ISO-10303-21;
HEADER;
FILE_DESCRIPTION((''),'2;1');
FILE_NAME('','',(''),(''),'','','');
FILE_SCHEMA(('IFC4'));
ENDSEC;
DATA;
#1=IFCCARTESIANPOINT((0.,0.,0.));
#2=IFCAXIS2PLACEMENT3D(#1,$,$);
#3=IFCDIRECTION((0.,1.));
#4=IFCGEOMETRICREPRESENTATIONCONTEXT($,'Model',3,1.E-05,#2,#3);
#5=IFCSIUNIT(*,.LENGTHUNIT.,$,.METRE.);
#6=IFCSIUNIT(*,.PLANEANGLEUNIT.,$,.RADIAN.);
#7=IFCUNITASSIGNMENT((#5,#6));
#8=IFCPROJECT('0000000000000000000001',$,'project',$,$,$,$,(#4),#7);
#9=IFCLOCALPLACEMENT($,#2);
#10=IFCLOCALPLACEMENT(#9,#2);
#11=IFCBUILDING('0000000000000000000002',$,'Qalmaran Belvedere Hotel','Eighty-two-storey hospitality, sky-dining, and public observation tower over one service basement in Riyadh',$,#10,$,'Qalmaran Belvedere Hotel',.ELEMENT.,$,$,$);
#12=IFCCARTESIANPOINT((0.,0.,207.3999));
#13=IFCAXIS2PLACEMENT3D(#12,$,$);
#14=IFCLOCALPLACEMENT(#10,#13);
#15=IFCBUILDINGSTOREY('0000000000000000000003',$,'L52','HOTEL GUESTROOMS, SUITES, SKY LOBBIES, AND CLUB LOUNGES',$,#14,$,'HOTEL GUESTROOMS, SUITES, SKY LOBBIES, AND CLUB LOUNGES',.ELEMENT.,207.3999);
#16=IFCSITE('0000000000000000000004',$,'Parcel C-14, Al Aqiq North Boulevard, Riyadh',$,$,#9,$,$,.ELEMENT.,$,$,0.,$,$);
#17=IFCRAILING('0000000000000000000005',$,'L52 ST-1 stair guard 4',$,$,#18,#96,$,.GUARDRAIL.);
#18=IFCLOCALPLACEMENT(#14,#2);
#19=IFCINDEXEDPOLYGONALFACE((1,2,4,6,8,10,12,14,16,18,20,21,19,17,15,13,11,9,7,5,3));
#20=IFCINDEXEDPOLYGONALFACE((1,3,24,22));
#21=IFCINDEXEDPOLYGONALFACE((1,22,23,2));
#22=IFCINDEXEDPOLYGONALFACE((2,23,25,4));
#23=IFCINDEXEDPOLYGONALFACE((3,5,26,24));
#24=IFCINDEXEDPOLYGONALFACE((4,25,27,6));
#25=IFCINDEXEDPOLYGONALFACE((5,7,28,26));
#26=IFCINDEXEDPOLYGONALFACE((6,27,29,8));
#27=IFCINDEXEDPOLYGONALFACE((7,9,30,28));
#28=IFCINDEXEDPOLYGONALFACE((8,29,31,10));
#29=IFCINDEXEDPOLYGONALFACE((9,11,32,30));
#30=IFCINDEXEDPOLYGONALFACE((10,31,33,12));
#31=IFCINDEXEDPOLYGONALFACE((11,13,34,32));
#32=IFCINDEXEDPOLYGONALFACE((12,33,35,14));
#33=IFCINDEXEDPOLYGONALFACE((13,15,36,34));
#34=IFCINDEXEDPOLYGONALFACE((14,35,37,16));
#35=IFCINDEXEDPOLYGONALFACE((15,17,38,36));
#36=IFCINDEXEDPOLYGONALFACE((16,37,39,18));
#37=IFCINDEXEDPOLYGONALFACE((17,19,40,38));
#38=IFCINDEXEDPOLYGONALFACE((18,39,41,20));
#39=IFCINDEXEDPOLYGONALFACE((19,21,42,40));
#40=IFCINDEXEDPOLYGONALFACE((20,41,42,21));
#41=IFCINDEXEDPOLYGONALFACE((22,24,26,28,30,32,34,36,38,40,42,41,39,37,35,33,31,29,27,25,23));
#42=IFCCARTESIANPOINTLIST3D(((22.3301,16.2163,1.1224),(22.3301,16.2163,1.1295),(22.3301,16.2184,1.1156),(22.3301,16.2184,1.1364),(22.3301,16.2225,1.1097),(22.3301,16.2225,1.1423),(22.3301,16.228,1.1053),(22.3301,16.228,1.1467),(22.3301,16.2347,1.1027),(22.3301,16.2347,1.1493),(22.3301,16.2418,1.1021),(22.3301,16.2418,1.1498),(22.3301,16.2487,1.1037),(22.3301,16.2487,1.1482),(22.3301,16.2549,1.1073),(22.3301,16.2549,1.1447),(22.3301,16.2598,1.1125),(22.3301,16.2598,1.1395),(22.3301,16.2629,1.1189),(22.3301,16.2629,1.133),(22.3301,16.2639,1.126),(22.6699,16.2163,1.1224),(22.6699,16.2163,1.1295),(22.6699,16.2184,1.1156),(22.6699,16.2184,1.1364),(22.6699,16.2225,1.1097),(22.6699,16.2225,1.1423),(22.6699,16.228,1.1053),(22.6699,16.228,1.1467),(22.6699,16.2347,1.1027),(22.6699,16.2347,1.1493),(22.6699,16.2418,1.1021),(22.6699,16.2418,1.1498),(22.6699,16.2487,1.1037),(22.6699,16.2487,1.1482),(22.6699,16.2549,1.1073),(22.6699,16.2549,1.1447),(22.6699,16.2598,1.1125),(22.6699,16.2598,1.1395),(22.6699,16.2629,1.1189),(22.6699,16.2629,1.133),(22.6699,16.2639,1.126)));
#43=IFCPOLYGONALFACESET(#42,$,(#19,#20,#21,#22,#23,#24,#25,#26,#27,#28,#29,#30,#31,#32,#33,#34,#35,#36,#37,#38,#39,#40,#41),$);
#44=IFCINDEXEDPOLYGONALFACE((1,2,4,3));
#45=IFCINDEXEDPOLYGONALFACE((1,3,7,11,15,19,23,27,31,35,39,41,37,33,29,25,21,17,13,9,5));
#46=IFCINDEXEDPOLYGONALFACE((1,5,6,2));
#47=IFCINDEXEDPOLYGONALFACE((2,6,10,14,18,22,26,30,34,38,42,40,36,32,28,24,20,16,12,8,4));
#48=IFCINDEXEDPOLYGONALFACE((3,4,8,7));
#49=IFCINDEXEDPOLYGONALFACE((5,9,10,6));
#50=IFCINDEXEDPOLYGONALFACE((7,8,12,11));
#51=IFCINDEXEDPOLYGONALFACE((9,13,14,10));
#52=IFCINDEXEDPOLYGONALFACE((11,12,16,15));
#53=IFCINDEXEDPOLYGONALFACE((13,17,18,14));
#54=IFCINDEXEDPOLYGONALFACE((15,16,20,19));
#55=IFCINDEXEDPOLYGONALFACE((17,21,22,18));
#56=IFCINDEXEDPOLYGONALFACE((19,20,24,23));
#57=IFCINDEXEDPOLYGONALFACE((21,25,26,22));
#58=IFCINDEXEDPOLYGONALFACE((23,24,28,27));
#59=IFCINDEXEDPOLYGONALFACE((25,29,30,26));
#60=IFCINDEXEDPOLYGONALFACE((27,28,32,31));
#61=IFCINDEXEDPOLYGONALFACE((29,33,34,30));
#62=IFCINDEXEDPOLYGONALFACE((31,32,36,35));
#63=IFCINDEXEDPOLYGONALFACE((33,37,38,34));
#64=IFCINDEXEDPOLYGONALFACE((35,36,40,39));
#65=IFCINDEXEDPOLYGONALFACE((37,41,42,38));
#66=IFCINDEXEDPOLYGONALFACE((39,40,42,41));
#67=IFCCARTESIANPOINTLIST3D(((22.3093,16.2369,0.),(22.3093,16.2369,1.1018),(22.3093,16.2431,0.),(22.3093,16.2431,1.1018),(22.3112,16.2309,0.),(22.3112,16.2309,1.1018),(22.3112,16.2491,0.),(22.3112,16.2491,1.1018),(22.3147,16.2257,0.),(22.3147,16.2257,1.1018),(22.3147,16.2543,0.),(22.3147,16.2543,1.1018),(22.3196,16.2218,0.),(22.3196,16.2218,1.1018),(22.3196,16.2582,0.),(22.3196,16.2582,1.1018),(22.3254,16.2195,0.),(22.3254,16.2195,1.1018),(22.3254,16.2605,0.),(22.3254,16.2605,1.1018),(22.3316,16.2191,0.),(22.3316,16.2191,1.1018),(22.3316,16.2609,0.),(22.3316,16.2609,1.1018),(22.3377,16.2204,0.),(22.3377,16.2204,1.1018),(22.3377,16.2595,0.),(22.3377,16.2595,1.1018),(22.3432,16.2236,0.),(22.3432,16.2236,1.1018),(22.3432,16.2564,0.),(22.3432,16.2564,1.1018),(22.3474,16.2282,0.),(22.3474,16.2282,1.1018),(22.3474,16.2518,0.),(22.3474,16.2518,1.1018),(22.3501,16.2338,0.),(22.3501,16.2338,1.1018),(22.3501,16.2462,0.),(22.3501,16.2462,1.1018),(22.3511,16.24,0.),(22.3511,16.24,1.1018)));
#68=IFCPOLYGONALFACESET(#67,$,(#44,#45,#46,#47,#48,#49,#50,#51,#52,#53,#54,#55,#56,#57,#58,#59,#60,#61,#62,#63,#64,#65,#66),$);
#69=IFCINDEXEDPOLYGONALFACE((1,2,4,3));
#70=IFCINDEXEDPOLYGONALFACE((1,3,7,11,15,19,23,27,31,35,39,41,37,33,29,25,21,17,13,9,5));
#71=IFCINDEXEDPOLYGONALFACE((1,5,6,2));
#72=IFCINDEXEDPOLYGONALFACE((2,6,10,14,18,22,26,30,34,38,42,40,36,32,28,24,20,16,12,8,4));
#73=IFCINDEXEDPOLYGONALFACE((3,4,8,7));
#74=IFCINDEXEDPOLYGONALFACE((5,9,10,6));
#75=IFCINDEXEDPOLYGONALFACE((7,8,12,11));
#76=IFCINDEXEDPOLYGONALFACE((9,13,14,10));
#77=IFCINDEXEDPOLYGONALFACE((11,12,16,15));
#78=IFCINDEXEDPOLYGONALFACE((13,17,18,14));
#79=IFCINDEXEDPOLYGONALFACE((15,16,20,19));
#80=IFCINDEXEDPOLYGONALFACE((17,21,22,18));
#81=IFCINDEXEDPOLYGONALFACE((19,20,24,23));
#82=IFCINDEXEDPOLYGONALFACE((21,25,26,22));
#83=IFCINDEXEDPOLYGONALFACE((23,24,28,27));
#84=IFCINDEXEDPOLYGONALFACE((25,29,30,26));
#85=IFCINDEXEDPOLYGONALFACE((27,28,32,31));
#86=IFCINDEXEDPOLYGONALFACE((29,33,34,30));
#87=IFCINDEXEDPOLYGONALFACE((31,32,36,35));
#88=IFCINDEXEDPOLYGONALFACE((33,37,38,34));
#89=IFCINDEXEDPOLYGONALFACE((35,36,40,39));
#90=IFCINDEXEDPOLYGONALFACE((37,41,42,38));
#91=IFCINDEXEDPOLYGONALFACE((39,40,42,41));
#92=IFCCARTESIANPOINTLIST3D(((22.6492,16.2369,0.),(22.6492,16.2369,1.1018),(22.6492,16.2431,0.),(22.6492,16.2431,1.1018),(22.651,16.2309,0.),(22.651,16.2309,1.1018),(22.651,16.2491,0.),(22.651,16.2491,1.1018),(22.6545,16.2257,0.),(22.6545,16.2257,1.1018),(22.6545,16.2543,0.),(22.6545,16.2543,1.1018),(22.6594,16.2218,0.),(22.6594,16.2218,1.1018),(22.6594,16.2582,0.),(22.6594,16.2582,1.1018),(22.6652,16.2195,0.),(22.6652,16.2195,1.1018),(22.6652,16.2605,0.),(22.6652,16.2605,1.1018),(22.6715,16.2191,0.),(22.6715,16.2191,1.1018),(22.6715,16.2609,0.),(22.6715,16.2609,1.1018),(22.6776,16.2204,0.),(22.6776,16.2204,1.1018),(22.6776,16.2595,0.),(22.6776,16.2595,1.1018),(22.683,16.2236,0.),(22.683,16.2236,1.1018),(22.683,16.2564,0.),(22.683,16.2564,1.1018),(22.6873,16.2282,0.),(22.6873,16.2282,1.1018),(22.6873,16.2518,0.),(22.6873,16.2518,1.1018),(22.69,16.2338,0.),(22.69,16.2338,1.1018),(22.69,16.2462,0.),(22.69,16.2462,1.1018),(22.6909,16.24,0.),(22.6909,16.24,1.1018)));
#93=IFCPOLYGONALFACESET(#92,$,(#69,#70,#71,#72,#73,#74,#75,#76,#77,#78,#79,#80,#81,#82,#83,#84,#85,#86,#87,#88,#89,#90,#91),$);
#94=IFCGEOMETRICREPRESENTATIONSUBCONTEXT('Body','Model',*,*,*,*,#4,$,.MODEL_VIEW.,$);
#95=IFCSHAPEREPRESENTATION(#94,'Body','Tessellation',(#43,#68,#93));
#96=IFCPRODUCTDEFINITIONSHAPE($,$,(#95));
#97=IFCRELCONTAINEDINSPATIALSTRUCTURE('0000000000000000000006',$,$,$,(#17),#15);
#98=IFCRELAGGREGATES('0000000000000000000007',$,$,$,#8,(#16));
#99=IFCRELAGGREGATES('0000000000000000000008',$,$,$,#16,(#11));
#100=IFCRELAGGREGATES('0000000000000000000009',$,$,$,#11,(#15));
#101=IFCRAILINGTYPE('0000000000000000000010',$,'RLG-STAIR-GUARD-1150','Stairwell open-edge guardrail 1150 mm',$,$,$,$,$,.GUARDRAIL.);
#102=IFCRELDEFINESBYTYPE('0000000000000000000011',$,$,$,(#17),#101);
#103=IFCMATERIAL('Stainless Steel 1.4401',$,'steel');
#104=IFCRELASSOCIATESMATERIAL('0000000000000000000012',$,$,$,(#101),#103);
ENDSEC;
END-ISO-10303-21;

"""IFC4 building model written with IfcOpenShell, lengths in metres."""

from ifc_helpers import new_model, si_unit, direction, frame, origin, origin_2d, place, context, subcontext, project, spatial, circle, extrude, material, type_object, element, save


model = new_model("IFC4")

# Units and contexts
model_context = context("Model", 3, precision=1e-05, world=origin(), true_north=direction((0.0, 1.0)))
body_context = subcontext(model_context, "Body", "Model", "MODEL_VIEW")
ifc_project = project(units=[si_unit("LENGTHUNIT", "METRE"), si_unit("PLANEANGLEUNIT", "RADIAN")], contexts=[model_context])

# Site, building, storey
site_placement = place(None, origin())
site = spatial("IfcSite", under=ifc_project, at=site_placement, Name="Parcel C-14, Al Aqiq North Boulevard, Riyadh", CompositionType="ELEMENT", RefElevation=0.0)
building_placement = place(site_placement, origin())
building = spatial("IfcBuilding", under=site, at=building_placement, Name="Qalmaran Belvedere Hotel", Description="Eighty-two-storey hospitality, sky-dining, and public observation tower over one service basement in Riyadh", LongName="Qalmaran Belvedere Hotel", CompositionType="ELEMENT")
storey_placement = place(building_placement, frame((0.0, 0.0, 207.3999)))
storey = spatial("IfcBuildingStorey", under=building, at=storey_placement, Name="L52", Description="HOTEL GUESTROOMS, SUITES, SKY LOBBIES, AND CLUB LOUNGES", LongName="HOTEL GUESTROOMS, SUITES, SKY LOBBIES, AND CLUB LOUNGES", CompositionType="ELEMENT", Elevation=207.3999)

# Shared definitions
ifc_material_1 = material(Name="Stainless Steel 1.4401", Category="steel")

# Railing
railing_type_1 = type_object("IfcRailingType", Name="RLG-STAIR-GUARD-1150", Description="Stairwell open-edge guardrail 1150 mm", PredefinedType="GUARDRAIL", material=ifc_material_1)
railing_1_placement = place(storey_placement, frame((22.3301, 16.24, 0.0)))
element("IfcRailing", 1, at=railing_1_placement, inside=storey, type_object=railing_type_1, Name="L52 ST-1 stair guard 4", PredefinedType="GUARDRAIL", context=body_context, shape_type="SweptSolid", body=[
    extrude(circle(Radius=0.0239, at=origin_2d()), frame((0.0, 0.0, 1.126), z_axis=(1.0, 0.0, 0.0), x_axis=(0.0, 1.0, 0.0)), (0.0, 0.0, 1.0), 0.3398),
    extrude(circle(Radius=0.021, at=origin_2d()), origin(), (0.0, 0.0, 1.0), 1.1018),
    extrude(circle(Radius=0.021, at=origin_2d()), frame((0.3398, 0.0, 0.0)), (0.0, 0.0, 1.0), 1.1018),
])

save(model, "model.ifc")
